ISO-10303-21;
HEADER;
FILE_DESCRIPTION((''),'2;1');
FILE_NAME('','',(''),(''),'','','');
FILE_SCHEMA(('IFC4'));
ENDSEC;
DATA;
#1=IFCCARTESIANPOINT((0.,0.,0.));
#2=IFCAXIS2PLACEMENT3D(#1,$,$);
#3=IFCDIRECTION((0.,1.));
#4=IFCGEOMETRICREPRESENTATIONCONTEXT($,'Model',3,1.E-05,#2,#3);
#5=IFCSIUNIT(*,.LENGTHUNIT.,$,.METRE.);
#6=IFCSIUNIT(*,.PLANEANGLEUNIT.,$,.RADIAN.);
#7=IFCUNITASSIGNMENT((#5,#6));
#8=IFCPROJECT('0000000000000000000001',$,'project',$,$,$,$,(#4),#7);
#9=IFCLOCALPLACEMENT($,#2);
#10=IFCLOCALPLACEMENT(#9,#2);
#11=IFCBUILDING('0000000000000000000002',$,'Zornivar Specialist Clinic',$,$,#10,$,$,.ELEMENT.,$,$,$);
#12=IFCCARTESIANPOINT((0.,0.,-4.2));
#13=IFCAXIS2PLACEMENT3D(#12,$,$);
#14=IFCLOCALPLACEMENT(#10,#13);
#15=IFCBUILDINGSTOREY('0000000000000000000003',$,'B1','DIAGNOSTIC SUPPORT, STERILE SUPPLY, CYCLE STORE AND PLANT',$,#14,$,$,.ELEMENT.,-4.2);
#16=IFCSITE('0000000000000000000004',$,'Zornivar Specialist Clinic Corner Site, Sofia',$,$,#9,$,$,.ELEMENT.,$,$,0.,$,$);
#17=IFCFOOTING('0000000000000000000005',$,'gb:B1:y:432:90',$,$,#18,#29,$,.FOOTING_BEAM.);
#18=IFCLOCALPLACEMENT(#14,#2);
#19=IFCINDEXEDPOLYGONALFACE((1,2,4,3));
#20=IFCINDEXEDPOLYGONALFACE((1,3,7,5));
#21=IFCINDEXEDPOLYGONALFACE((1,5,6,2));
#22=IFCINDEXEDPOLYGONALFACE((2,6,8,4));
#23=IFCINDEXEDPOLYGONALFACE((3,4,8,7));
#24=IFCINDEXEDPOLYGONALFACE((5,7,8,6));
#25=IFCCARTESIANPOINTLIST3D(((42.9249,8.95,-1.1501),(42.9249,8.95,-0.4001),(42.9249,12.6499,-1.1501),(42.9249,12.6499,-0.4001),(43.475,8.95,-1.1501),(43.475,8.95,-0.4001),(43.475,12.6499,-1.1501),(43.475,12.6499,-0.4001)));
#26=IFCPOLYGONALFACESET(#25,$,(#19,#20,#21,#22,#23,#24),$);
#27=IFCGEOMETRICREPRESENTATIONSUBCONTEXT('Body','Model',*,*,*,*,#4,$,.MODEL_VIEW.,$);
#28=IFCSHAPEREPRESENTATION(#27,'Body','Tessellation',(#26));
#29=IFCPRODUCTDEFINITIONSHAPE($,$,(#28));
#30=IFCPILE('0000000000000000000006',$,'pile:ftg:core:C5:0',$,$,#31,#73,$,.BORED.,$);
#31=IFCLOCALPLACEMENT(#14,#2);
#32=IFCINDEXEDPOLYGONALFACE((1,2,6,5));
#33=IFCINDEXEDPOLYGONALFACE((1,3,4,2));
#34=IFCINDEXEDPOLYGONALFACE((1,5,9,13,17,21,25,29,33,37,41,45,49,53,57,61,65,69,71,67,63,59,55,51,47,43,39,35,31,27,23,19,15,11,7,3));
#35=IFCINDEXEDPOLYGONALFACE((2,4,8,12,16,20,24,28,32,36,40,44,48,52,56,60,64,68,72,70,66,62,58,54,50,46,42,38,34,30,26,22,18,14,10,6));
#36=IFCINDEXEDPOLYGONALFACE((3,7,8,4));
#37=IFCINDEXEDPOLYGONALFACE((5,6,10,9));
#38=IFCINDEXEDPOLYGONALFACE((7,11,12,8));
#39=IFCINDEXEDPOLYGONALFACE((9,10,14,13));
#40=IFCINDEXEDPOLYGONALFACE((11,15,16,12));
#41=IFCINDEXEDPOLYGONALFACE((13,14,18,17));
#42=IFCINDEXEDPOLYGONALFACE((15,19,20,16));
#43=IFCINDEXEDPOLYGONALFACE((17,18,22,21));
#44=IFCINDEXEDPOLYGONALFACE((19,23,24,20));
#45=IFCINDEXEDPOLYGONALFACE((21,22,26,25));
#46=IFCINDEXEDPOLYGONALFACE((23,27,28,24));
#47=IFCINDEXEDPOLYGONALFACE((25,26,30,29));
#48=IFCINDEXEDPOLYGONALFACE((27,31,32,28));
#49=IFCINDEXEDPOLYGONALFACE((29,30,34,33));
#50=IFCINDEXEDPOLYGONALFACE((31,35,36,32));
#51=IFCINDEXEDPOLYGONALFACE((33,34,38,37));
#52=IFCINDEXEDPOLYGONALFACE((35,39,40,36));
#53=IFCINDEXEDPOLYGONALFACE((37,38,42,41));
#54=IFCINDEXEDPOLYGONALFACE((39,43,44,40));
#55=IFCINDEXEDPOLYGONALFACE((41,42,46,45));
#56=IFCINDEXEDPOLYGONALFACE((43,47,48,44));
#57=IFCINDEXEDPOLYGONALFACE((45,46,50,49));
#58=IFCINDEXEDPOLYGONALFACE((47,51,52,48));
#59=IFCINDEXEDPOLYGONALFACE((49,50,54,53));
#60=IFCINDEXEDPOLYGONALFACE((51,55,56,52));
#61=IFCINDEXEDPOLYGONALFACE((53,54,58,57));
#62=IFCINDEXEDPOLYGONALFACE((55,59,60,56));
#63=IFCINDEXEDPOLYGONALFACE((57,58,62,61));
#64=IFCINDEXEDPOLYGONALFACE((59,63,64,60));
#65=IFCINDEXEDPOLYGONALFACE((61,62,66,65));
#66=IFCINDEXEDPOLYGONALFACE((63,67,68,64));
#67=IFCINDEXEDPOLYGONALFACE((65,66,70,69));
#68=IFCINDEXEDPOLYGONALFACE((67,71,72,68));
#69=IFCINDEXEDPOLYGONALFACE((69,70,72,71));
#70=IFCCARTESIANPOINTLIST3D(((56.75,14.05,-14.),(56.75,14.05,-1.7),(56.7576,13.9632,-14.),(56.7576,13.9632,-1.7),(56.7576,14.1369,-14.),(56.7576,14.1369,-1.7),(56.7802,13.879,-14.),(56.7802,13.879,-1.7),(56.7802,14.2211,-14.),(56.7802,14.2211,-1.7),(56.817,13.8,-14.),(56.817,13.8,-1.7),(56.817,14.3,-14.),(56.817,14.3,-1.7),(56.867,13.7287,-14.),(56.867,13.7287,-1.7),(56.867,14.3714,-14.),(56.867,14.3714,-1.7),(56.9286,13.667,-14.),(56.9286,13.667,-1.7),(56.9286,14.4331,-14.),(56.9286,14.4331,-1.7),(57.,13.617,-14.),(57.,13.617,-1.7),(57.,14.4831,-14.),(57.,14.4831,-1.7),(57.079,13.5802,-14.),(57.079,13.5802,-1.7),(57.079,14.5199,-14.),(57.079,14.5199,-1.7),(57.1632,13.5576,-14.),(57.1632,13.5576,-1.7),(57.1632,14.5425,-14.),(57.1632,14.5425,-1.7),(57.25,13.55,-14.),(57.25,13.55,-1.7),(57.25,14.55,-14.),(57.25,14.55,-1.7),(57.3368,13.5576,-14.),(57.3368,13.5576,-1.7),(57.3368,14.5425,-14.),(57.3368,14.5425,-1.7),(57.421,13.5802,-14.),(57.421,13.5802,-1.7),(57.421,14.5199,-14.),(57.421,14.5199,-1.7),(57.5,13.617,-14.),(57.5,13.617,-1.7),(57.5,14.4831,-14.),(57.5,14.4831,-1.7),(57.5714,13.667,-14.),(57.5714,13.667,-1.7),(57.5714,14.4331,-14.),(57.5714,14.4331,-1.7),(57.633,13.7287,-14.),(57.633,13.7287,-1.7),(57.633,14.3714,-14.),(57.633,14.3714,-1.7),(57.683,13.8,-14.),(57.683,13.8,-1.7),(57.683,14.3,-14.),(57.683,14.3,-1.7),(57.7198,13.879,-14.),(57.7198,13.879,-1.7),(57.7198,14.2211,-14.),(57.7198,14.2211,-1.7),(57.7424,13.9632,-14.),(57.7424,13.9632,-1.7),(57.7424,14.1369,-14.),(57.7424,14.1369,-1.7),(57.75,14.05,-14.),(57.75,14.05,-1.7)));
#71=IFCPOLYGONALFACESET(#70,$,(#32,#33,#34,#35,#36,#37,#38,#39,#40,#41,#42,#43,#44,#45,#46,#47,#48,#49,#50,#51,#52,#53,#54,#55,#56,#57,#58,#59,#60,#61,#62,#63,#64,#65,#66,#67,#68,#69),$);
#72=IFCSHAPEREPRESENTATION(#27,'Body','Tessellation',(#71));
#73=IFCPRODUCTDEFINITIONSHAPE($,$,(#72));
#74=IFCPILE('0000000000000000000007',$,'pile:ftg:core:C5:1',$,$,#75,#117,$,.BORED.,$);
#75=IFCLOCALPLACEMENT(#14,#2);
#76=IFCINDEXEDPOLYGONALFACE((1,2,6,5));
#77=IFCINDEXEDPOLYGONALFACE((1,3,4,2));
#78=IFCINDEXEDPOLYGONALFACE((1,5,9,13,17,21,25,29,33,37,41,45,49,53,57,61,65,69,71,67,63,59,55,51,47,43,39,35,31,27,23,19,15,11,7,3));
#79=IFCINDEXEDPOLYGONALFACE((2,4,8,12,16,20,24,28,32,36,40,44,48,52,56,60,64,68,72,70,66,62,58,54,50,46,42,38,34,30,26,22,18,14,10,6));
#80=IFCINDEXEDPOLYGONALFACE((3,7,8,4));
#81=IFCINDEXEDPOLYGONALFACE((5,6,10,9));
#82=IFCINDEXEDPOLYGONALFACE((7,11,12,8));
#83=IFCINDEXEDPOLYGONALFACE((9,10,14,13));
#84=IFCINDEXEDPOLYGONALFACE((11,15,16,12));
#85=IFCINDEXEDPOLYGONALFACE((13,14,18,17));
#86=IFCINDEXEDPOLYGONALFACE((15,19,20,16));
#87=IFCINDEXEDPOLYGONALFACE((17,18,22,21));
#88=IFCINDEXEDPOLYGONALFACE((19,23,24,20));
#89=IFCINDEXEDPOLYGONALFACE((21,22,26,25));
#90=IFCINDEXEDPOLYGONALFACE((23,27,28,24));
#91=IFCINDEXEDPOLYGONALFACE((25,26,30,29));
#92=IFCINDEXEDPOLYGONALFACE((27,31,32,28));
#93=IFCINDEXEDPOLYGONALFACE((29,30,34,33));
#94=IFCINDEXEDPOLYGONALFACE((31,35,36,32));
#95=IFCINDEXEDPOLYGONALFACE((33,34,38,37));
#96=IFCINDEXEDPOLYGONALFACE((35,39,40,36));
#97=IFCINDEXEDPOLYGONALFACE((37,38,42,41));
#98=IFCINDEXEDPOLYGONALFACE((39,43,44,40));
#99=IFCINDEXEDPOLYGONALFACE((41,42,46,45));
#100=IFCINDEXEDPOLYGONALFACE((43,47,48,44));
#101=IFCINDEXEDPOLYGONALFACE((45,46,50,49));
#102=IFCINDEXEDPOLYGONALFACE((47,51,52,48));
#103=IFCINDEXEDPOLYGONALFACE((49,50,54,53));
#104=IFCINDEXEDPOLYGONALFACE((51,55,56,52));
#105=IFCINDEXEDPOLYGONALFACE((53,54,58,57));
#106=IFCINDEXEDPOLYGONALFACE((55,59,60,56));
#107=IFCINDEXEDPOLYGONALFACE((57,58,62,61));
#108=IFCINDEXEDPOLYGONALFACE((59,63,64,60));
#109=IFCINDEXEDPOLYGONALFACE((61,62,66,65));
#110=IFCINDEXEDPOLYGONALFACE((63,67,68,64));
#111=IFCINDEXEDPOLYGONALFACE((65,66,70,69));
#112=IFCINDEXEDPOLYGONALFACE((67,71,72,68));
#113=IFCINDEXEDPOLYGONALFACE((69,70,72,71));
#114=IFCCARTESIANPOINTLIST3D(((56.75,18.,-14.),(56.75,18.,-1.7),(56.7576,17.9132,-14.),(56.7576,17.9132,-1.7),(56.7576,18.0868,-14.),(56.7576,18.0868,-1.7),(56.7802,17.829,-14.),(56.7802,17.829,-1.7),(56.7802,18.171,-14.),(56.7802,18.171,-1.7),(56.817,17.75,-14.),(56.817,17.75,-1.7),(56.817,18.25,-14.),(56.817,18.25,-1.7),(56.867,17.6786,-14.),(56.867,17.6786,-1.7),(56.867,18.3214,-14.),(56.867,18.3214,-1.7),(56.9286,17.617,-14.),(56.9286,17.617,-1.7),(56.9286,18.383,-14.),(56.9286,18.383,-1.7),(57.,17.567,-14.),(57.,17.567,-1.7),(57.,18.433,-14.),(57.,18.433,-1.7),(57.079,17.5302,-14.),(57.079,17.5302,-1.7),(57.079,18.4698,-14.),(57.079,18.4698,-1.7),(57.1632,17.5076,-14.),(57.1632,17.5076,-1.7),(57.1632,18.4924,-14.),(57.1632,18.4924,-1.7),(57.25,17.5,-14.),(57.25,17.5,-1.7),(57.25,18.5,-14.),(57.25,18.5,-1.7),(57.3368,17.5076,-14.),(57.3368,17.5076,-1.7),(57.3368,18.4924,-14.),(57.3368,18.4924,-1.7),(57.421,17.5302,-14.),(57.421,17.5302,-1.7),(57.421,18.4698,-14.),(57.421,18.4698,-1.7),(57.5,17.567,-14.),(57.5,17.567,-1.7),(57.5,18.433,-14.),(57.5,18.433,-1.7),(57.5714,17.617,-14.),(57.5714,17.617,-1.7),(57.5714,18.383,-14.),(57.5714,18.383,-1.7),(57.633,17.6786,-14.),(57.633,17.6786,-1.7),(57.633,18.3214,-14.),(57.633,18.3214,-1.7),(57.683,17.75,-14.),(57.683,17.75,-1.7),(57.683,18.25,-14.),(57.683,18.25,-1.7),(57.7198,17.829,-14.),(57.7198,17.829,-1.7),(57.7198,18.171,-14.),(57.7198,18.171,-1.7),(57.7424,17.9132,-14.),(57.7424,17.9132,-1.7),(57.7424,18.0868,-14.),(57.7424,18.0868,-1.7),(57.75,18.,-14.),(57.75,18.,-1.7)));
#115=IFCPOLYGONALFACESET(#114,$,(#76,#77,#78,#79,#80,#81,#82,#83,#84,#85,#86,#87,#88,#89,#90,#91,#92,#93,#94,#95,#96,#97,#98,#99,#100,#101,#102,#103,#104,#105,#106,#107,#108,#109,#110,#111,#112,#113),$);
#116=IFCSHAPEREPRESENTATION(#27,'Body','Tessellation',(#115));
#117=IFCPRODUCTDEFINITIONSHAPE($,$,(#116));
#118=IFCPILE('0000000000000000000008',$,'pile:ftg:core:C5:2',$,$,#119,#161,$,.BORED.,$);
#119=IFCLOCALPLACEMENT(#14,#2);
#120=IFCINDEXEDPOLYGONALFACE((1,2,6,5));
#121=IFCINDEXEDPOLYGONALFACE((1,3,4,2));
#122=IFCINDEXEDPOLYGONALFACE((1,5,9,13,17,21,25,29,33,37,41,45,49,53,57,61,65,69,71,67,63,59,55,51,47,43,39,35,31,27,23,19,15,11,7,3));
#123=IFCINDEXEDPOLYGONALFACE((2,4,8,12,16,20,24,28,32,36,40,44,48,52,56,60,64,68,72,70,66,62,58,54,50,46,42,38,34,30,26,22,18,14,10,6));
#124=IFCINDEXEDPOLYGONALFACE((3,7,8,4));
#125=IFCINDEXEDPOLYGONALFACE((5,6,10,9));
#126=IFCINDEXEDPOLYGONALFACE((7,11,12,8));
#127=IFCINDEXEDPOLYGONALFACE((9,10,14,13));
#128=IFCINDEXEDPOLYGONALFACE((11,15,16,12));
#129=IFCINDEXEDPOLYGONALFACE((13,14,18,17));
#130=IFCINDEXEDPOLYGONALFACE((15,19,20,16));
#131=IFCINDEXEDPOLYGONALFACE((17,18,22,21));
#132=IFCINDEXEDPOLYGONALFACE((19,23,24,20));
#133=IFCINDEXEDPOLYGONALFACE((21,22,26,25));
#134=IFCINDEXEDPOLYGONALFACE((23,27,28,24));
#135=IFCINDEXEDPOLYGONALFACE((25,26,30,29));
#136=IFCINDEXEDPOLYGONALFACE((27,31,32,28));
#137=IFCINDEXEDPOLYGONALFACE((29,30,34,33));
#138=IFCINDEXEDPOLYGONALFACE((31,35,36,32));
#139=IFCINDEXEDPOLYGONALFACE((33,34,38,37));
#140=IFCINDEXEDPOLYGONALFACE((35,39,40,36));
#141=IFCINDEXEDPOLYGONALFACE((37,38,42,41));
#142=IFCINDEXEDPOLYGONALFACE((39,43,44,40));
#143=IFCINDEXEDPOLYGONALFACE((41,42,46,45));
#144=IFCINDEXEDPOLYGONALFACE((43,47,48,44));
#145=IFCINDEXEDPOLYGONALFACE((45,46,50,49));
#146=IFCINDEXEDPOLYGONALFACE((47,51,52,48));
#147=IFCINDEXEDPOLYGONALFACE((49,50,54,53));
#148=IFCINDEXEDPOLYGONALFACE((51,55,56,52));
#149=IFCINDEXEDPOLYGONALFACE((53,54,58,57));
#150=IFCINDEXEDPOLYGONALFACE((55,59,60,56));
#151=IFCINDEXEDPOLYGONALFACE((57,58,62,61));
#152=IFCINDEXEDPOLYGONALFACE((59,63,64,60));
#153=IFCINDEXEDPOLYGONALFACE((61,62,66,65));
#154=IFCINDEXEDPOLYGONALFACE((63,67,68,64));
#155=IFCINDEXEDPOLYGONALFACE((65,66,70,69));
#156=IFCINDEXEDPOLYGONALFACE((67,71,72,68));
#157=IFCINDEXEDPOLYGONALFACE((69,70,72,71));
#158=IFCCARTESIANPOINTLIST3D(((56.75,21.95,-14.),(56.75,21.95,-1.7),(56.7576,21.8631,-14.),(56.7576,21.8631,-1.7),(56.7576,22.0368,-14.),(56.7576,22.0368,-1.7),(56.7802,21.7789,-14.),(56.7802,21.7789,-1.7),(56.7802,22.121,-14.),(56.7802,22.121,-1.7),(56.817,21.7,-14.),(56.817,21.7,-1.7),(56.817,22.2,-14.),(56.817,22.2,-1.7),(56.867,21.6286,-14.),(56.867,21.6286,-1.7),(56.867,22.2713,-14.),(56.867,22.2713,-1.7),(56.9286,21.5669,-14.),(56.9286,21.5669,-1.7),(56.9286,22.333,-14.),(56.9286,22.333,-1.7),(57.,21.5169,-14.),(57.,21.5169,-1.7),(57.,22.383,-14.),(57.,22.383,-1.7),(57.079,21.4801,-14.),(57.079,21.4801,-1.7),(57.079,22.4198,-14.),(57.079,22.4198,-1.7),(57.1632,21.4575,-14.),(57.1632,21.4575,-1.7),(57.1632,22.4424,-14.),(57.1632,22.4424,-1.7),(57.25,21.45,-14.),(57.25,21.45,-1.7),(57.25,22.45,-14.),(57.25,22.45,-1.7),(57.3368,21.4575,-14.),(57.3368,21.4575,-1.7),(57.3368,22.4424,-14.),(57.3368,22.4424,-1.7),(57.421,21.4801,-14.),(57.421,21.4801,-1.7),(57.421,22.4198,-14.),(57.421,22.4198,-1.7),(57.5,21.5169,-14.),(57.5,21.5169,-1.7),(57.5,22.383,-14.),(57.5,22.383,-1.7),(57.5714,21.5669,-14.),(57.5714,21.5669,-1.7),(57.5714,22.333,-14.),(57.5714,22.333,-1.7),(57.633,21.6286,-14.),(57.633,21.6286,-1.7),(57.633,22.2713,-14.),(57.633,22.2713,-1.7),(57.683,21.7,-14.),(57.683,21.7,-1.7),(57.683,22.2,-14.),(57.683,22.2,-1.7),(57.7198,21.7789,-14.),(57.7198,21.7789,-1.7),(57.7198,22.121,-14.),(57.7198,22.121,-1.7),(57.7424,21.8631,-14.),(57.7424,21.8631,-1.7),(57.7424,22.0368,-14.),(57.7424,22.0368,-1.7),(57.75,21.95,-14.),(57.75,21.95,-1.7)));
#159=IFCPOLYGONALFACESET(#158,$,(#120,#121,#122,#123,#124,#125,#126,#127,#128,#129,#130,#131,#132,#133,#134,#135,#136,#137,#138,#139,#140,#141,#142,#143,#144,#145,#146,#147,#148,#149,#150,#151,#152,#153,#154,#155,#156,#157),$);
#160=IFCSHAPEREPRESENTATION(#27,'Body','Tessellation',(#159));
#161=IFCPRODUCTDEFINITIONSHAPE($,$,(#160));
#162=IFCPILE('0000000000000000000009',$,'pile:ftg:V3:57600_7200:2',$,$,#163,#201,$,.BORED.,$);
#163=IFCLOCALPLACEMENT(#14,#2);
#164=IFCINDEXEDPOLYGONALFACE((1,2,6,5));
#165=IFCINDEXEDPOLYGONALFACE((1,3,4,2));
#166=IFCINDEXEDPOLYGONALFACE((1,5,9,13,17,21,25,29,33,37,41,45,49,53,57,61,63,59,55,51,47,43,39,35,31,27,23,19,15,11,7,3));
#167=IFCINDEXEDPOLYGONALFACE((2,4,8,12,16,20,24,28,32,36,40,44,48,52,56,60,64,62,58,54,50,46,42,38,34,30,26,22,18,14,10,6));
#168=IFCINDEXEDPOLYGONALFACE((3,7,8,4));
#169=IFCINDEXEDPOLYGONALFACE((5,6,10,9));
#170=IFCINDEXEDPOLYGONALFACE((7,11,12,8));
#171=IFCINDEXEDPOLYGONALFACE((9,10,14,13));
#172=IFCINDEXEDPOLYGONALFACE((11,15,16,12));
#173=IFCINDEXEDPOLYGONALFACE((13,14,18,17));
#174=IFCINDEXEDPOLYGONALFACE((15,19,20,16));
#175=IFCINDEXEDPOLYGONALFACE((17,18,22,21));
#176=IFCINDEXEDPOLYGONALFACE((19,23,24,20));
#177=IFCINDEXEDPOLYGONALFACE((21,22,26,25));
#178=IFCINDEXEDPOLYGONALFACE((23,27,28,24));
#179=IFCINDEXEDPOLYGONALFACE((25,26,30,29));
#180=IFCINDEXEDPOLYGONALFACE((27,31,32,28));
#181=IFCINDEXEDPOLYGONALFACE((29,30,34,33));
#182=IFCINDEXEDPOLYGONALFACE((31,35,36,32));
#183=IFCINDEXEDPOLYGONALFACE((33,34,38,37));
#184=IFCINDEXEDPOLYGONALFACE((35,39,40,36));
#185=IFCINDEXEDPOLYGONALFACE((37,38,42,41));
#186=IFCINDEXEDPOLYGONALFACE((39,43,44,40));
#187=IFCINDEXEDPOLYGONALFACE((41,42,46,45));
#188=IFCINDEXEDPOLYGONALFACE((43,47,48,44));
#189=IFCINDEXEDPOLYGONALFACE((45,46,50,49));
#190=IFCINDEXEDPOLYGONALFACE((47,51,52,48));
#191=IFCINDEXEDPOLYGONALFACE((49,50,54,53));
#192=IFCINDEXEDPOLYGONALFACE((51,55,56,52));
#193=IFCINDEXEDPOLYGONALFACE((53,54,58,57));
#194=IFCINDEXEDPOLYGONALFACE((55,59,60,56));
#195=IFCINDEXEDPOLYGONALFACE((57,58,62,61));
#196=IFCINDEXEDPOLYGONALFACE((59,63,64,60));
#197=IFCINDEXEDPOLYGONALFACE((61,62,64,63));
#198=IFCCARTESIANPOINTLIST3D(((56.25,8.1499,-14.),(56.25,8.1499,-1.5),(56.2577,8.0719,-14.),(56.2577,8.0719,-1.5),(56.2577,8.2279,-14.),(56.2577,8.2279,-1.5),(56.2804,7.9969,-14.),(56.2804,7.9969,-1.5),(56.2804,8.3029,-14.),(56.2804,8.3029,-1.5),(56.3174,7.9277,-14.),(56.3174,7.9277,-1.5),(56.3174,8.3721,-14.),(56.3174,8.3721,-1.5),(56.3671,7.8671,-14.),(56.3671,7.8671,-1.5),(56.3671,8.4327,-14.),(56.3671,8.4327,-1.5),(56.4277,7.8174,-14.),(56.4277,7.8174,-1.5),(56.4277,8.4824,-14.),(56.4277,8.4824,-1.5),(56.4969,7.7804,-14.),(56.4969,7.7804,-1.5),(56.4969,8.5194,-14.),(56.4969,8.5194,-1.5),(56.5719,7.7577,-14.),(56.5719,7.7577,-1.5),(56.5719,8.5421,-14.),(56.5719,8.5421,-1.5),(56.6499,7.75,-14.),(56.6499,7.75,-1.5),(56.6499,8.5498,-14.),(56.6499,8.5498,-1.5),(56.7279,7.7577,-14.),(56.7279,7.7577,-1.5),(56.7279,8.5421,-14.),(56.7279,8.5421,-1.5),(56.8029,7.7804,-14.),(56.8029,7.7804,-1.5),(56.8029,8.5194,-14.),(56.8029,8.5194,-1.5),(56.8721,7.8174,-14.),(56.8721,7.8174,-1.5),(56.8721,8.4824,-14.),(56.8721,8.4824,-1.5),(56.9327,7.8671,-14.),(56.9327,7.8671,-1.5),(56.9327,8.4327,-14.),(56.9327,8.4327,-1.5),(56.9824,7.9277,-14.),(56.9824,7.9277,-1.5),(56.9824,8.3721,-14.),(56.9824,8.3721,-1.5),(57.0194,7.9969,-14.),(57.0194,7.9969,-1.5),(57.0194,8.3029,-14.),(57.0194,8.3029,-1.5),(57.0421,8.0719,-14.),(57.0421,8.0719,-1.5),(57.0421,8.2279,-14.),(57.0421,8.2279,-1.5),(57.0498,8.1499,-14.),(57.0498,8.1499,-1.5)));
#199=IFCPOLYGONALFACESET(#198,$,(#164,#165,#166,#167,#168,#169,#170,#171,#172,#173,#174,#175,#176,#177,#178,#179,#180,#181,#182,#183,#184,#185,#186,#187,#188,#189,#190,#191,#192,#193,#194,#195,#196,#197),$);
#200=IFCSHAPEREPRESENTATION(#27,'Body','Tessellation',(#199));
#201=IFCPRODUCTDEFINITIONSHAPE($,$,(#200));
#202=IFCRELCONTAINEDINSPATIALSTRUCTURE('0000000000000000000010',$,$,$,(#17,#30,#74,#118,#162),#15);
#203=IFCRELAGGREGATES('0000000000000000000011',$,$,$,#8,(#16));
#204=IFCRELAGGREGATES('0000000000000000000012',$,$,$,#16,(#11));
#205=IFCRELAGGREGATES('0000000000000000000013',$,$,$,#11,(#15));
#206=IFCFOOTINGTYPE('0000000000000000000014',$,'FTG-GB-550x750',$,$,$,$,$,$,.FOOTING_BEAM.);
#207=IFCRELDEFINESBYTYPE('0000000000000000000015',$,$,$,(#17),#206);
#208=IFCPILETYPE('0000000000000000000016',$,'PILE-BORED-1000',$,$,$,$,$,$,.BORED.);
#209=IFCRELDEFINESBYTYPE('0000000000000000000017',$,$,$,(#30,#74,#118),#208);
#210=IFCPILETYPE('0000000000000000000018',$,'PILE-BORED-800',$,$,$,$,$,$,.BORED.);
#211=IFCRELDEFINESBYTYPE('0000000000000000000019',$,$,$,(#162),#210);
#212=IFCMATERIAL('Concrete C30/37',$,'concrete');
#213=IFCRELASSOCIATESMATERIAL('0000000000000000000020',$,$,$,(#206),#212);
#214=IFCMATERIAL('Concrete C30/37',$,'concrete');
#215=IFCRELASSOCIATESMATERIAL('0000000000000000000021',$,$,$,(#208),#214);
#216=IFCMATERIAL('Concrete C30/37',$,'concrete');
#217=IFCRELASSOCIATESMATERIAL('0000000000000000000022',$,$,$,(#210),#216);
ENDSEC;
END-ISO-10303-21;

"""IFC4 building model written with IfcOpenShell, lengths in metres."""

from ifc_helpers import new_model, si_unit, direction, frame, origin, origin_2d, place, context, subcontext, project, spatial, rectangle, circle, extrude, material, material_profile, profile_set, type_object, element, save


model = new_model("IFC4")

# Units and contexts
model_context = context("Model", 3, precision=1e-05, world=origin(), true_north=direction((0.0, 1.0)))
body_context = subcontext(model_context, "Body", "Model", "MODEL_VIEW")
ifc_project = project(units=[si_unit("LENGTHUNIT", "METRE"), si_unit("PLANEANGLEUNIT", "RADIAN")], contexts=[model_context])

# Site, building, storey
site_placement = place(None, origin())
site = spatial("IfcSite", under=ifc_project, at=site_placement, Name="Zornivar Specialist Clinic Corner Site, Sofia", CompositionType="ELEMENT", RefElevation=0.0)
building_placement = place(site_placement, origin())
building = spatial("IfcBuilding", under=site, at=building_placement, Name="Zornivar Specialist Clinic", CompositionType="ELEMENT")
storey_placement = place(building_placement, frame((0.0, 0.0, -4.2)))
storey = spatial("IfcBuildingStorey", under=building, at=storey_placement, Name="B1", Description="DIAGNOSTIC SUPPORT, STERILE SUPPLY, CYCLE STORE AND PLANT", CompositionType="ELEMENT", Elevation=-4.2)

# Footing
ifc_material_1 = material(Name="Concrete C30/37", Category="concrete")
ifc_material_profile_1 = material_profile(ifc_material_1, rectangle(XDim=0.55, YDim=0.75, at=origin_2d()), Name="RC 550x750")
ifc_profile_set_1 = profile_set([ifc_material_profile_1], Name="Concrete C30/37")
footing_type = type_object("IfcFootingType", Name="FTG-GB-550x750", PredefinedType="FOOTING_BEAM", material=ifc_profile_set_1)
footing_placement = place(storey_placement, frame((43.2, 8.95, -0.7751), z_axis=(0.0, 1.0, 0.0), x_axis=(-1.0, 0.0, 0.0)))
element("IfcFooting", 1, at=footing_placement, inside=storey, type_object=footing_type, Name="gb:B1:y:432:90", PredefinedType="FOOTING_BEAM", context=body_context, shape_type="SweptSolid", body=[
    extrude(rectangle(XDim=0.55, YDim=0.75, at=origin_2d()), origin(), (0.0, 0.0, 1.0), 3.7),
])

# Piles
ifc_material_2 = material(Name="Concrete C30/37", Category="concrete")
ifc_material_profile_2 = material_profile(ifc_material_2, circle(Radius=0.5, at=origin_2d()), Name="PILE D1000")
ifc_profile_set_2 = profile_set([ifc_material_profile_2], Name="Concrete C30/37")
pile_type_1 = type_object("IfcPileType", Name="PILE-BORED-1000", PredefinedType="BORED", material=ifc_profile_set_2)
for number, where, z_axis, x_axis, name in (
    (2, (57.25, 14.05, -1.7), (0.0, 0.0, -1.0), (1.0, 0.0, 0.0), "pile:ftg:core:C5:0"),
    (3, (57.25, 18.0, -1.7), (0.0, 0.0, -1.0), (1.0, 0.0, 0.0), "pile:ftg:core:C5:1"),
    (4, (57.25, 21.95, -1.7), (0.0, 0.0, -1.0), (1.0, 0.0, 0.0), "pile:ftg:core:C5:2"),
):
    element("IfcPile", number, at=place(storey_placement, frame(where, z_axis=z_axis, x_axis=x_axis)), inside=storey, type_object=pile_type_1, Name=name, PredefinedType="BORED", context=body_context, shape_type="SweptSolid", body=[
        extrude(circle(Radius=0.5, at=origin_2d()), origin(), (0.0, 0.0, 1.0), 12.3),
    ])
ifc_material_3 = material(Name="Concrete C30/37", Category="concrete")
ifc_material_profile_3 = material_profile(ifc_material_3, circle(Radius=0.3999, at=origin_2d()), Name="PILE D800")
ifc_profile_set_3 = profile_set([ifc_material_profile_3], Name="Concrete C30/37")
pile_type_2 = type_object("IfcPileType", Name="PILE-BORED-800", PredefinedType="BORED", material=ifc_profile_set_3)
for number, where, z_axis, x_axis, name in (
    (5, (56.6499, 8.1499, -1.5), (0.0, 0.0, -1.0), (1.0, 0.0, 0.0), "pile:ftg:V3:57600_7200:2"),
):
    element("IfcPile", number, at=place(storey_placement, frame(where, z_axis=z_axis, x_axis=x_axis)), inside=storey, type_object=pile_type_2, Name=name, PredefinedType="BORED", context=body_context, shape_type="SweptSolid", body=[
        extrude(circle(Radius=0.3999, at=origin_2d()), origin(), (0.0, 0.0, 1.0), 12.5),
    ])

save(model, "model.ifc")
